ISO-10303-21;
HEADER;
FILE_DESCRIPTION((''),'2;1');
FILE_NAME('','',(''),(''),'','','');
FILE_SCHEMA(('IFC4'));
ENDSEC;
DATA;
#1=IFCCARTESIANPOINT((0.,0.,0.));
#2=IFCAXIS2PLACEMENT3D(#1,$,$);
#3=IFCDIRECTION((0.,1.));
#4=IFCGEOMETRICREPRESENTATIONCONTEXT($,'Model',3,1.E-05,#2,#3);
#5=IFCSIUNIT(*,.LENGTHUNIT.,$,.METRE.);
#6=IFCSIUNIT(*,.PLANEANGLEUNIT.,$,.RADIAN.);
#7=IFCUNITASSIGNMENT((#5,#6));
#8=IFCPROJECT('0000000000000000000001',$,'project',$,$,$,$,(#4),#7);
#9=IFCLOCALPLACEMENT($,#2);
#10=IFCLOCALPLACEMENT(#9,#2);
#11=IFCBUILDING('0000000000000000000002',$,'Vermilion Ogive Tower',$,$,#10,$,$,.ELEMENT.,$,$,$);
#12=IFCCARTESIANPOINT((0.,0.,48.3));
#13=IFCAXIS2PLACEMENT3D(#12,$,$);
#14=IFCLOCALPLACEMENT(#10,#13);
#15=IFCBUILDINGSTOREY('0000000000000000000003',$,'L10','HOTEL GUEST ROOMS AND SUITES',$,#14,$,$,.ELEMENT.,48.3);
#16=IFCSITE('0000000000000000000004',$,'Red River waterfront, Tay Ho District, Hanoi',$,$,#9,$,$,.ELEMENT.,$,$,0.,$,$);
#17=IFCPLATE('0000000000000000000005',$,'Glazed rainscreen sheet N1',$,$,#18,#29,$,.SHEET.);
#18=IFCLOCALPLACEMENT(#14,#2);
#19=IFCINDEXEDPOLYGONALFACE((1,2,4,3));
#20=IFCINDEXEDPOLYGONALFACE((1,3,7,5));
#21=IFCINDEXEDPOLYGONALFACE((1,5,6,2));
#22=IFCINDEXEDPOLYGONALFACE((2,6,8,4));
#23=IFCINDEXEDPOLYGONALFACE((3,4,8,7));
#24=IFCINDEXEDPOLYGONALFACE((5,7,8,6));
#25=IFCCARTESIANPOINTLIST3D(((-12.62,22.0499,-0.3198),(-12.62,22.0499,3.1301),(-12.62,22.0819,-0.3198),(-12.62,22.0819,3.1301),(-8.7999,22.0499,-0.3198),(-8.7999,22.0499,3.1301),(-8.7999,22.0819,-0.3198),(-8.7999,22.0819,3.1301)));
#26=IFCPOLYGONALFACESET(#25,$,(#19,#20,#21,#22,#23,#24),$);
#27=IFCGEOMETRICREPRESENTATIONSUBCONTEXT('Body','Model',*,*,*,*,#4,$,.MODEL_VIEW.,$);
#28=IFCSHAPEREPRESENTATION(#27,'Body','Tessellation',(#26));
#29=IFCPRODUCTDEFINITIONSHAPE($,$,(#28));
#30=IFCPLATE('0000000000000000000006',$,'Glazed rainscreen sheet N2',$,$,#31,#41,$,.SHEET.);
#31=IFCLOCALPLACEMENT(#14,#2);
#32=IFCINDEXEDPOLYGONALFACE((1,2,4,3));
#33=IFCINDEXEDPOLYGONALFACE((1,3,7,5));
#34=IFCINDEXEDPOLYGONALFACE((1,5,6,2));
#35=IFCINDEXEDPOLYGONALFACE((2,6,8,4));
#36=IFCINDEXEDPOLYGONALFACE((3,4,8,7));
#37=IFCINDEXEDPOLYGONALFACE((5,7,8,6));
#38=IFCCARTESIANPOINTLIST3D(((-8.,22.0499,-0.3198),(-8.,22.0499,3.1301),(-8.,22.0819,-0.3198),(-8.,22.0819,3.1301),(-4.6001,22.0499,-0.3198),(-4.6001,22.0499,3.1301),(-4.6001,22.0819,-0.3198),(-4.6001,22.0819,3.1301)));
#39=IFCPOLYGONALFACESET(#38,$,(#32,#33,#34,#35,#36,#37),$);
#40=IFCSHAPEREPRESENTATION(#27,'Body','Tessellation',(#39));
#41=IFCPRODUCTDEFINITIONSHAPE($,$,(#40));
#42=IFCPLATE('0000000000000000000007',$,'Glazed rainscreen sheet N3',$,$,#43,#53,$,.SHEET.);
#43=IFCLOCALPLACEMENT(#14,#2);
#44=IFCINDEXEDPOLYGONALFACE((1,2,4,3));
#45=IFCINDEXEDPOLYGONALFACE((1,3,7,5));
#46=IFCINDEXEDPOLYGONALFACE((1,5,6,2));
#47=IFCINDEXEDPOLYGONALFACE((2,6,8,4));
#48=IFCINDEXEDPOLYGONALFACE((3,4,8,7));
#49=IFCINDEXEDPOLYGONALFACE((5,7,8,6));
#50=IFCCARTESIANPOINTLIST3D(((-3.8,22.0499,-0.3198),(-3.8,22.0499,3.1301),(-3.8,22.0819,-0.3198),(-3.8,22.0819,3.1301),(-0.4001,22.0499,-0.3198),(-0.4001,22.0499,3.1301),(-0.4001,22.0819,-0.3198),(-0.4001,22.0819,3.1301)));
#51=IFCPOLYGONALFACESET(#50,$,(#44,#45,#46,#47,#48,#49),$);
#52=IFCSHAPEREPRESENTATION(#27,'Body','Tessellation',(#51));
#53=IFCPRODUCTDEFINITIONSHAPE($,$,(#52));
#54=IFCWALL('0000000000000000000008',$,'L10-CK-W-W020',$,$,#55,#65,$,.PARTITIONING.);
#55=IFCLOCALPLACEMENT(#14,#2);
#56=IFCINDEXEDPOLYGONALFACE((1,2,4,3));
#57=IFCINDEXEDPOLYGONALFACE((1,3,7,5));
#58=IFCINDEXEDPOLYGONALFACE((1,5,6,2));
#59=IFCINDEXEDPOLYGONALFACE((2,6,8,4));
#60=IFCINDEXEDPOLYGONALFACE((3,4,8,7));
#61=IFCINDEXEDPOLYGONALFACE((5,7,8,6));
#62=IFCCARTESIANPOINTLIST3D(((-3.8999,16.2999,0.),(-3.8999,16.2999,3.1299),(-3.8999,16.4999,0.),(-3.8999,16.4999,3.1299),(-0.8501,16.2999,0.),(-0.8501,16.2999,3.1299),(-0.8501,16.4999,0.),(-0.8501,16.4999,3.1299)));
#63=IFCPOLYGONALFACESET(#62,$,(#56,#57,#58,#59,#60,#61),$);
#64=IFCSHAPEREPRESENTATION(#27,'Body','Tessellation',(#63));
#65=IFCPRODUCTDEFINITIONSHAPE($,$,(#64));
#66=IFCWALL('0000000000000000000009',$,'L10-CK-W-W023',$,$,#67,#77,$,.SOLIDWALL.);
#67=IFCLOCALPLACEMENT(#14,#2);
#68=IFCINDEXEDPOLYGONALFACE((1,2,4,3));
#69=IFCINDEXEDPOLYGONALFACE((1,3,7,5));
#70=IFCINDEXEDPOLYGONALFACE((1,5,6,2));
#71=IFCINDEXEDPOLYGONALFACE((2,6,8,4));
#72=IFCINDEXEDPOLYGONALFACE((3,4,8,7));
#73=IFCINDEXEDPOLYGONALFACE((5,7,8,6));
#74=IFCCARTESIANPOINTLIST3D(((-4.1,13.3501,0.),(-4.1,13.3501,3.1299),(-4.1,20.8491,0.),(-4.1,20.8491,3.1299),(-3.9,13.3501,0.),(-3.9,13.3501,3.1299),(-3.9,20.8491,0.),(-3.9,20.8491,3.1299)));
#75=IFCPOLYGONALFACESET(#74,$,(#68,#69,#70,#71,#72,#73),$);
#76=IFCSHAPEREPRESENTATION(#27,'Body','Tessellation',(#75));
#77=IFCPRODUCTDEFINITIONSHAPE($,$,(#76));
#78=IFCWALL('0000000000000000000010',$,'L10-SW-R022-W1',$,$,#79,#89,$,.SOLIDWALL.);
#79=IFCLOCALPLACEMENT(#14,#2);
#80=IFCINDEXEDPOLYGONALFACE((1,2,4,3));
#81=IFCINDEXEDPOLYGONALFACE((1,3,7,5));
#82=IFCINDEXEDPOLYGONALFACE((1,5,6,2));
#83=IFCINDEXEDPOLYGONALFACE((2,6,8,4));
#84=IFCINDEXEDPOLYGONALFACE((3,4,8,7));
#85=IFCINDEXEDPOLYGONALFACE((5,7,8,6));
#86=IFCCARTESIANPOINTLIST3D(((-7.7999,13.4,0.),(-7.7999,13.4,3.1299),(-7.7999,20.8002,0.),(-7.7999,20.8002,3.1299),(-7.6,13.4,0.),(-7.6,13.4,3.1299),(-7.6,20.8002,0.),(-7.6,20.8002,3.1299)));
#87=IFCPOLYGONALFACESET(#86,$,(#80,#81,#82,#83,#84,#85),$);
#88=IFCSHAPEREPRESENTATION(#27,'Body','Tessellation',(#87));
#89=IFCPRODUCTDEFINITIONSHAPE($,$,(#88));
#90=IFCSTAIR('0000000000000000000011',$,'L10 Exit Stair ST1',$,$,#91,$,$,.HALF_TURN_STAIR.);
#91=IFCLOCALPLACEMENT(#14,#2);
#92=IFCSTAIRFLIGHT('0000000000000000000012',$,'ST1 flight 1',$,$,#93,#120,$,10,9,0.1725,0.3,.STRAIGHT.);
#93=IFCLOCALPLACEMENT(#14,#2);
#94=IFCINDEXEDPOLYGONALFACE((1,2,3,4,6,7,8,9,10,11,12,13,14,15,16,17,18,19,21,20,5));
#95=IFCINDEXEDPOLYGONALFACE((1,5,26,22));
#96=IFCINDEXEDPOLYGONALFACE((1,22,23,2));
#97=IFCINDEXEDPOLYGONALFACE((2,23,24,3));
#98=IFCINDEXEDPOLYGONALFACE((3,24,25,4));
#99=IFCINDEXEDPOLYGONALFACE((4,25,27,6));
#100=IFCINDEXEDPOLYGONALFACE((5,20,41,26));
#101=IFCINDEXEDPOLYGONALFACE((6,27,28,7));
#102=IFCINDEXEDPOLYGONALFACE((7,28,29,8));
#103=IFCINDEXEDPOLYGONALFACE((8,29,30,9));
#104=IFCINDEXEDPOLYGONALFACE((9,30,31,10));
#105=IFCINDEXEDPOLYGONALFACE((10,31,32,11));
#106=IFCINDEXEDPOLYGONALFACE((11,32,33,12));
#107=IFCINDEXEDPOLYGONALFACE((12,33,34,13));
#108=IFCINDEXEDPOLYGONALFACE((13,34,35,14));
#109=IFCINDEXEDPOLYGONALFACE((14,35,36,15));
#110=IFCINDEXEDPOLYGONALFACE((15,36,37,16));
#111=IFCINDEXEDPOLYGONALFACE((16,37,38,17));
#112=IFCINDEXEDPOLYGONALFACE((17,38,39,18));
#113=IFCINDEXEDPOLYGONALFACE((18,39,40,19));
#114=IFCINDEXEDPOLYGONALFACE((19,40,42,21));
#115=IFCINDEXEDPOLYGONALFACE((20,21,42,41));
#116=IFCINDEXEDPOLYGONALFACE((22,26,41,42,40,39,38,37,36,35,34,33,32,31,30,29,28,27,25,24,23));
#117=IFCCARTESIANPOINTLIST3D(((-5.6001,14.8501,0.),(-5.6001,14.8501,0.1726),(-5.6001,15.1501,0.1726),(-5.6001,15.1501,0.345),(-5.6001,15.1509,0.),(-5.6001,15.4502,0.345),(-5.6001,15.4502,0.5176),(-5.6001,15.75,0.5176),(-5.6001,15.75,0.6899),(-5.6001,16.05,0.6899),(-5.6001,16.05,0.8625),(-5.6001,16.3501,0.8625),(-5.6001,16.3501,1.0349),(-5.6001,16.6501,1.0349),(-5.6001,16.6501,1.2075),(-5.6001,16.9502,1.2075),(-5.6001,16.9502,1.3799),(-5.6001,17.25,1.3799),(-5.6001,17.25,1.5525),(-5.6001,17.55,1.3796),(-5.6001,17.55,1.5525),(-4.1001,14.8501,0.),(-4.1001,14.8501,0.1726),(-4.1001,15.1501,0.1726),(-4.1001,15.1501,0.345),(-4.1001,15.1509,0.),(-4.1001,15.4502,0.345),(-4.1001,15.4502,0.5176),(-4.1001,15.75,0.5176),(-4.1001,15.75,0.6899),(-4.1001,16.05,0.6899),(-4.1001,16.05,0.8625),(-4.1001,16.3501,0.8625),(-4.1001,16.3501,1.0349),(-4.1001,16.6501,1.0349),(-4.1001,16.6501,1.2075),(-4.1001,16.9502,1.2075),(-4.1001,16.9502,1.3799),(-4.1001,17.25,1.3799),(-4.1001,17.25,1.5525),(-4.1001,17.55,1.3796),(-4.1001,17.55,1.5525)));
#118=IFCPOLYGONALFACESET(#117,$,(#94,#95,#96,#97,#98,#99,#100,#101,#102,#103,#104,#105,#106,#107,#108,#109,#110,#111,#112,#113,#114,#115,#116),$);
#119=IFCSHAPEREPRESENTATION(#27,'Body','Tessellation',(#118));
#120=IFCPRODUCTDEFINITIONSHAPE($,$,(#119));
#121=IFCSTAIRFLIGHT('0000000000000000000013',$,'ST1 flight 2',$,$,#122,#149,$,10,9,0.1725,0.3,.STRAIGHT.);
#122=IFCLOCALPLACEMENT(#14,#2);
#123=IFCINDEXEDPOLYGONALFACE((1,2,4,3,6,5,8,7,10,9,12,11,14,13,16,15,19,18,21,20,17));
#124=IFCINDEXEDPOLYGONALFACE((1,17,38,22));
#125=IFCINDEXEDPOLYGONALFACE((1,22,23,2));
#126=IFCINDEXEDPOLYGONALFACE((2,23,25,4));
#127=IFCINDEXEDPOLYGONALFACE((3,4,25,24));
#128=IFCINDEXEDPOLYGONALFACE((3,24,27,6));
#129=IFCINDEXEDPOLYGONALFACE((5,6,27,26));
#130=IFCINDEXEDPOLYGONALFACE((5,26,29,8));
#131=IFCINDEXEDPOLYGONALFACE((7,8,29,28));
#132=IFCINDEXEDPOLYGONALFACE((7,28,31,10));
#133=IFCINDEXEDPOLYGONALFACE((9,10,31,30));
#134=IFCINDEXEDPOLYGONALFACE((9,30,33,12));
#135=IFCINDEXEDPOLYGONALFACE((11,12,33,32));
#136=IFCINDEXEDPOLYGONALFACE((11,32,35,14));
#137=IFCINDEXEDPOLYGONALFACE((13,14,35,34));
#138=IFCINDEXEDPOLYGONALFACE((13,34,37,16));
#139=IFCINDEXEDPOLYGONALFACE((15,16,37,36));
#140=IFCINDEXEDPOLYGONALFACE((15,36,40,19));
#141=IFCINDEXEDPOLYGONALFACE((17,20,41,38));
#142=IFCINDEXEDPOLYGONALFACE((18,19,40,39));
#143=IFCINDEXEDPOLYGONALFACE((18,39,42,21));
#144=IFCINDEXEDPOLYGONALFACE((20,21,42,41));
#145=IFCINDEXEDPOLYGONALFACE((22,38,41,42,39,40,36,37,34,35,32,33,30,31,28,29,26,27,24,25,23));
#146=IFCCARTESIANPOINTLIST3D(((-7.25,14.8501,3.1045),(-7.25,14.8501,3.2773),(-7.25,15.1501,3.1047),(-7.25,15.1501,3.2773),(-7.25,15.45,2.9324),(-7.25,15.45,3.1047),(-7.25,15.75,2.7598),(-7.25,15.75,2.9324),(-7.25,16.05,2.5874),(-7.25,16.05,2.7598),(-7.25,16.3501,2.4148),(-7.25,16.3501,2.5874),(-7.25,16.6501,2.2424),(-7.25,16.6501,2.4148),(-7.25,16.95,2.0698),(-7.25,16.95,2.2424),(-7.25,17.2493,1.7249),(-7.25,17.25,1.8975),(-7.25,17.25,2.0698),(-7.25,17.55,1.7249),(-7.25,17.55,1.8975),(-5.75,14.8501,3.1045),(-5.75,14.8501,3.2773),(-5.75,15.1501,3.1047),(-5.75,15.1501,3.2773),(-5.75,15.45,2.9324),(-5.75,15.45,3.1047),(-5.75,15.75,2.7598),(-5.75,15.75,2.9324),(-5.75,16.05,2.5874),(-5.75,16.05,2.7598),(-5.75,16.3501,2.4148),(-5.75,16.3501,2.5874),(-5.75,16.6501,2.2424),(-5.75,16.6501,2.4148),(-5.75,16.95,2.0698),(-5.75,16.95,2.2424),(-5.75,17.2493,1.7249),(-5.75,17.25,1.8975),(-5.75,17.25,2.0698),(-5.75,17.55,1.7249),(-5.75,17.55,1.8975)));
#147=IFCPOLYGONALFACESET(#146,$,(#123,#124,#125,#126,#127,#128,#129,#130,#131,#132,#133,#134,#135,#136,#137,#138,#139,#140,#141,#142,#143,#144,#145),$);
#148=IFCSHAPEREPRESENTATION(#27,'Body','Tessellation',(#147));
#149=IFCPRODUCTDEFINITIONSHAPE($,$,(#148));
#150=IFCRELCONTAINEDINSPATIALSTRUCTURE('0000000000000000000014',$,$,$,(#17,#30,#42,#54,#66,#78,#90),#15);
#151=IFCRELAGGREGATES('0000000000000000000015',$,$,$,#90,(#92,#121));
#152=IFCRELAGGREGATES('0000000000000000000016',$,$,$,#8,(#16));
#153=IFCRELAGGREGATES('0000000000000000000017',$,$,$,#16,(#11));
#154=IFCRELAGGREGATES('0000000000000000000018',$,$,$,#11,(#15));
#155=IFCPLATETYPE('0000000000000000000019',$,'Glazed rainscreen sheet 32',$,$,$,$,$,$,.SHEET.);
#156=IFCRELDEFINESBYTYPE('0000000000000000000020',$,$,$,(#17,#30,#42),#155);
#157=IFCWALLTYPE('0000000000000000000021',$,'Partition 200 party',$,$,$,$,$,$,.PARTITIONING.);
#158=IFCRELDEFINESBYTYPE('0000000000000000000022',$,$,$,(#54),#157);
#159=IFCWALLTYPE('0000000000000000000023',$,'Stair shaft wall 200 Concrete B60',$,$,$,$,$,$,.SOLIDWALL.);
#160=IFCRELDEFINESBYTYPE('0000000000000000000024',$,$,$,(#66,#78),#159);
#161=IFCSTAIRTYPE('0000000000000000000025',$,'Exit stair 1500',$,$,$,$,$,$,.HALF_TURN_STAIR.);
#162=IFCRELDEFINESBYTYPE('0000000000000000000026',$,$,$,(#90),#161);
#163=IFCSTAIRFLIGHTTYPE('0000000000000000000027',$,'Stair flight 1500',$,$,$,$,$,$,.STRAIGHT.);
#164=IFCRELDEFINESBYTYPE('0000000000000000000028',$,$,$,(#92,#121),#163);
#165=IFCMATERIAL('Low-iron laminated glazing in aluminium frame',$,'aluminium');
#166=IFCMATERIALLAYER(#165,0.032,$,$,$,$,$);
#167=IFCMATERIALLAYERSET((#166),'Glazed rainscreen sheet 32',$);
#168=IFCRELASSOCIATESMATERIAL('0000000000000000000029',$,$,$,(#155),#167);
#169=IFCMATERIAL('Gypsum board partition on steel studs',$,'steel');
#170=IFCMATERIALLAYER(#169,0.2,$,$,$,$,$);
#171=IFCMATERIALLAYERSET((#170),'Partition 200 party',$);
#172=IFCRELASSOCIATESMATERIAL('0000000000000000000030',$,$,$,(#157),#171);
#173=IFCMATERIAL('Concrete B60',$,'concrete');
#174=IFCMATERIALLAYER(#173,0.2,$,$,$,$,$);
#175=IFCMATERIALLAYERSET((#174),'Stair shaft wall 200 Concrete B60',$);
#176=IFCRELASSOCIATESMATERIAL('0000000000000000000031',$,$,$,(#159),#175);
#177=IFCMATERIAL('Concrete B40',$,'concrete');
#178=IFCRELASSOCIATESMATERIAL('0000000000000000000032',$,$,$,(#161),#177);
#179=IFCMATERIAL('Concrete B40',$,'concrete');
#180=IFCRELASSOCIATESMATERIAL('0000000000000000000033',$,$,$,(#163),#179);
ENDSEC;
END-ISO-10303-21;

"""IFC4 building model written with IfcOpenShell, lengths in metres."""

from ifc_helpers import new_model, si_unit, direction, frame, frame_2d, origin, origin_2d, place, context, subcontext, project, spatial, polyline, rectangle, outline, extrude, material, layer, layer_set, type_object, element, aggregate, save


model = new_model("IFC4")

# Units and contexts
model_context = context("Model", 3, precision=1e-05, world=origin(), true_north=direction((0.0, 1.0)))
body_context = subcontext(model_context, "Body", "Model", "MODEL_VIEW")
ifc_project = project(units=[si_unit("LENGTHUNIT", "METRE"), si_unit("PLANEANGLEUNIT", "RADIAN")], contexts=[model_context])

# Site, building, storey
site_placement = place(None, origin())
site = spatial("IfcSite", under=ifc_project, at=site_placement, Name="Red River waterfront, Tay Ho District, Hanoi", CompositionType="ELEMENT", RefElevation=0.0)
building_placement = place(site_placement, origin())
building = spatial("IfcBuilding", under=site, at=building_placement, Name="Vermilion Ogive Tower", CompositionType="ELEMENT")
storey_placement = place(building_placement, frame((0.0, 0.0, 48.3)))
storey = spatial("IfcBuildingStorey", under=building, at=storey_placement, Name="L10", Description="HOTEL GUEST ROOMS AND SUITES", CompositionType="ELEMENT", Elevation=48.3)

# Plates
ifc_material_1 = material(Name="Low-iron laminated glazing in aluminium frame", Category="aluminium")
ifc_layer_1 = layer(ifc_material_1, 0.032)
ifc_layer_set_1 = layer_set([ifc_layer_1], Name="Glazed rainscreen sheet 32")
plate_type = type_object("IfcPlateType", Name="Glazed rainscreen sheet 32", PredefinedType="SHEET", material=ifc_layer_set_1)
plate_placement = place(storey_placement, frame((-10.71, 22.0659, -0.3198), z_axis=(0.0, 0.0, 1.0), x_axis=(1.0, 0.0, 0.0)))
element("IfcPlate", 1, at=plate_placement, inside=storey, type_object=plate_type, Name="Glazed rainscreen sheet N1", PredefinedType="SHEET", context=body_context, shape_type="SweptSolid", body=[
    extrude(rectangle(XDim=3.8201, YDim=0.032, at=origin_2d()), origin(), (0.0, 0.0, 1.0), 3.45),
])
for number, where, z_axis, x_axis, name in (
    (2, (-6.3, 22.0659, -0.3198), (0.0, 0.0, 1.0), (1.0, 0.0, 0.0), "Glazed rainscreen sheet N2"),
    (3, (-2.1001, 22.0659, -0.3198), (0.0, 0.0, 1.0), (1.0, 0.0, 0.0), "Glazed rainscreen sheet N3"),
):
    element("IfcPlate", number, at=place(storey_placement, frame(where, z_axis=z_axis, x_axis=x_axis)), inside=storey, type_object=plate_type, Name=name, PredefinedType="SHEET", context=body_context, shape_type="SweptSolid", body=[
        extrude(rectangle(XDim=3.3999, YDim=0.032, at=origin_2d()), origin(), (0.0, 0.0, 1.0), 3.45),
    ])

# Walls
ifc_material_2 = material(Name="Gypsum board partition on steel studs", Category="steel")
ifc_layer_2 = layer(ifc_material_2, 0.2)
ifc_layer_set_2 = layer_set([ifc_layer_2], Name="Partition 200 party")
wall_type_1 = type_object("IfcWallType", Name="Partition 200 party", PredefinedType="PARTITIONING", material=ifc_layer_set_2)
wall_1_placement = place(storey_placement, frame((-3.8999, 16.3999, 0.0), z_axis=(0.0, 0.0, 1.0), x_axis=(1.0, 0.0, 0.0)))
element("IfcWall", 4, at=wall_1_placement, inside=storey, type_object=wall_type_1, Name="L10-CK-W-W020", PredefinedType="PARTITIONING", context=body_context, shape_type="SweptSolid", body=[
    extrude(rectangle(XDim=3.0498, YDim=0.2, at=frame_2d((1.5249, 0.0))), origin(), (0.0, 0.0, 1.0), 3.1299),
])
ifc_material_3 = material(Name="Concrete B60", Category="concrete")
ifc_layer_3 = layer(ifc_material_3, 0.2)
ifc_layer_set_3 = layer_set([ifc_layer_3], Name="Stair shaft wall 200 Concrete B60")
wall_type_2 = type_object("IfcWallType", Name="Stair shaft wall 200 Concrete B60", PredefinedType="SOLIDWALL", material=ifc_layer_set_3)
wall_2_placement = place(storey_placement, frame((-4.0, 13.3501, 0.0), z_axis=(0.0, 0.0, 1.0), x_axis=(0.0, 1.0, 0.0)))
element("IfcWall", 5, at=wall_2_placement, inside=storey, type_object=wall_type_2, Name="L10-CK-W-W023", PredefinedType="SOLIDWALL", context=body_context, shape_type="SweptSolid", body=[
    extrude(rectangle(XDim=7.499, YDim=0.2, at=frame_2d((3.7495, 0.0))), origin(), (0.0, 0.0, 1.0), 3.1299),
])
wall_3_placement = place(storey_placement, frame((-7.7, 13.3999, 0.0), z_axis=(0.0, 0.0, 1.0), x_axis=(0.0, 1.0, 0.0)))
element("IfcWall", 6, at=wall_3_placement, inside=storey, type_object=wall_type_2, Name="L10-SW-R022-W1", PredefinedType="SOLIDWALL", context=body_context, shape_type="SweptSolid", body=[
    extrude(rectangle(XDim=7.4001, YDim=0.2, at=frame_2d((3.7002, 0.0))), origin(), (0.0, 0.0, 1.0), 3.1299),
])

# Stair, stair flights
ifc_material_4 = material(Name="Concrete B40", Category="concrete")
stair_type = type_object("IfcStairType", Name="Exit stair 1500", PredefinedType="HALF_TURN_STAIR", material=ifc_material_4)
stair_placement = place(storey_placement, origin())
stair = element("IfcStair", 7, at=stair_placement, inside=storey, type_object=stair_type, Name="L10 Exit Stair ST1", PredefinedType="HALF_TURN_STAIR")
ifc_material_5 = material(Name="Concrete B40", Category="concrete")
stair_flight_type = type_object("IfcStairFlightType", Name="Stair flight 1500", PredefinedType="STRAIGHT", material=ifc_material_5)
stair_flight_1_placement = place(storey_placement, frame((-4.8501, 14.8501, 0.0), z_axis=(0.0, 0.0, 1.0), x_axis=(0.0, 1.0, 0.0)))
stair_flight_1 = element("IfcStairFlight", 8, at=stair_flight_1_placement, type_object=stair_flight_type, Name="ST1 flight 1", NumberOfRisers=10, NumberOfTreads=9, PredefinedType="STRAIGHT", RiserHeight=0.1725, TreadLength=0.3, context=body_context, shape_type="SweptSolid", body=[
    extrude(outline(polyline([(0.0, 0.0), (0.0, 0.1726), (0.3, 0.1726), (0.3, 0.345), (0.6001, 0.345), (0.6001, 0.5176), (0.8999, 0.5176), (0.8999, 0.6899), (1.2, 0.6899), (1.2, 0.8625), (1.5, 0.8625), (1.5, 1.0349), (1.8, 1.0349), (1.8, 1.2075), (2.1001, 1.2075), (2.1001, 1.3799), (2.3999, 1.3799), (2.3999, 1.5525), (2.7, 1.5525), (2.7, 1.7251), (2.7, 1.3796), (0.3008, 0.0), (0.0, 0.0)])), frame((0.0, 0.75, 0.0), z_axis=(0.0, -1.0, 0.0), x_axis=(1.0, 0.0, 0.0)), (0.0, 0.0, 1.0), 1.5),
])
stair_flight_2_placement = place(storey_placement, frame((-6.5, 17.55, 1.7249), z_axis=(0.0, 0.0, 1.0), x_axis=(0.0, -1.0, 0.0)))
stair_flight_2 = element("IfcStairFlight", 9, at=stair_flight_2_placement, type_object=stair_flight_type, Name="ST1 flight 2", NumberOfRisers=10, NumberOfTreads=9, PredefinedType="STRAIGHT", RiserHeight=0.1725, TreadLength=0.3, context=body_context, shape_type="SweptSolid", body=[
    extrude(outline(polyline([(0.0, 0.0), (0.0, 0.1726), (0.3, 0.1726), (0.3, 0.345), (0.6001, 0.345), (0.6001, 0.5176), (0.8999, 0.5176), (0.8999, 0.6899), (1.2, 0.6899), (1.2, 0.8625), (1.5, 0.8625), (1.5, 1.0349), (1.8, 1.0349), (1.8, 1.2075), (2.1001, 1.2075), (2.1001, 1.3799), (2.3999, 1.3799), (2.3999, 1.5525), (2.7, 1.5525), (2.7, 1.7251), (2.7, 1.3796), (0.3008, 0.0), (0.0, 0.0)])), frame((0.0, 0.75, 0.0), z_axis=(0.0, -1.0, 0.0), x_axis=(1.0, 0.0, 0.0)), (0.0, 0.0, 1.0), 1.5),
])
aggregate(stair, [stair_flight_1, stair_flight_2])

save(model, "model.ifc")
